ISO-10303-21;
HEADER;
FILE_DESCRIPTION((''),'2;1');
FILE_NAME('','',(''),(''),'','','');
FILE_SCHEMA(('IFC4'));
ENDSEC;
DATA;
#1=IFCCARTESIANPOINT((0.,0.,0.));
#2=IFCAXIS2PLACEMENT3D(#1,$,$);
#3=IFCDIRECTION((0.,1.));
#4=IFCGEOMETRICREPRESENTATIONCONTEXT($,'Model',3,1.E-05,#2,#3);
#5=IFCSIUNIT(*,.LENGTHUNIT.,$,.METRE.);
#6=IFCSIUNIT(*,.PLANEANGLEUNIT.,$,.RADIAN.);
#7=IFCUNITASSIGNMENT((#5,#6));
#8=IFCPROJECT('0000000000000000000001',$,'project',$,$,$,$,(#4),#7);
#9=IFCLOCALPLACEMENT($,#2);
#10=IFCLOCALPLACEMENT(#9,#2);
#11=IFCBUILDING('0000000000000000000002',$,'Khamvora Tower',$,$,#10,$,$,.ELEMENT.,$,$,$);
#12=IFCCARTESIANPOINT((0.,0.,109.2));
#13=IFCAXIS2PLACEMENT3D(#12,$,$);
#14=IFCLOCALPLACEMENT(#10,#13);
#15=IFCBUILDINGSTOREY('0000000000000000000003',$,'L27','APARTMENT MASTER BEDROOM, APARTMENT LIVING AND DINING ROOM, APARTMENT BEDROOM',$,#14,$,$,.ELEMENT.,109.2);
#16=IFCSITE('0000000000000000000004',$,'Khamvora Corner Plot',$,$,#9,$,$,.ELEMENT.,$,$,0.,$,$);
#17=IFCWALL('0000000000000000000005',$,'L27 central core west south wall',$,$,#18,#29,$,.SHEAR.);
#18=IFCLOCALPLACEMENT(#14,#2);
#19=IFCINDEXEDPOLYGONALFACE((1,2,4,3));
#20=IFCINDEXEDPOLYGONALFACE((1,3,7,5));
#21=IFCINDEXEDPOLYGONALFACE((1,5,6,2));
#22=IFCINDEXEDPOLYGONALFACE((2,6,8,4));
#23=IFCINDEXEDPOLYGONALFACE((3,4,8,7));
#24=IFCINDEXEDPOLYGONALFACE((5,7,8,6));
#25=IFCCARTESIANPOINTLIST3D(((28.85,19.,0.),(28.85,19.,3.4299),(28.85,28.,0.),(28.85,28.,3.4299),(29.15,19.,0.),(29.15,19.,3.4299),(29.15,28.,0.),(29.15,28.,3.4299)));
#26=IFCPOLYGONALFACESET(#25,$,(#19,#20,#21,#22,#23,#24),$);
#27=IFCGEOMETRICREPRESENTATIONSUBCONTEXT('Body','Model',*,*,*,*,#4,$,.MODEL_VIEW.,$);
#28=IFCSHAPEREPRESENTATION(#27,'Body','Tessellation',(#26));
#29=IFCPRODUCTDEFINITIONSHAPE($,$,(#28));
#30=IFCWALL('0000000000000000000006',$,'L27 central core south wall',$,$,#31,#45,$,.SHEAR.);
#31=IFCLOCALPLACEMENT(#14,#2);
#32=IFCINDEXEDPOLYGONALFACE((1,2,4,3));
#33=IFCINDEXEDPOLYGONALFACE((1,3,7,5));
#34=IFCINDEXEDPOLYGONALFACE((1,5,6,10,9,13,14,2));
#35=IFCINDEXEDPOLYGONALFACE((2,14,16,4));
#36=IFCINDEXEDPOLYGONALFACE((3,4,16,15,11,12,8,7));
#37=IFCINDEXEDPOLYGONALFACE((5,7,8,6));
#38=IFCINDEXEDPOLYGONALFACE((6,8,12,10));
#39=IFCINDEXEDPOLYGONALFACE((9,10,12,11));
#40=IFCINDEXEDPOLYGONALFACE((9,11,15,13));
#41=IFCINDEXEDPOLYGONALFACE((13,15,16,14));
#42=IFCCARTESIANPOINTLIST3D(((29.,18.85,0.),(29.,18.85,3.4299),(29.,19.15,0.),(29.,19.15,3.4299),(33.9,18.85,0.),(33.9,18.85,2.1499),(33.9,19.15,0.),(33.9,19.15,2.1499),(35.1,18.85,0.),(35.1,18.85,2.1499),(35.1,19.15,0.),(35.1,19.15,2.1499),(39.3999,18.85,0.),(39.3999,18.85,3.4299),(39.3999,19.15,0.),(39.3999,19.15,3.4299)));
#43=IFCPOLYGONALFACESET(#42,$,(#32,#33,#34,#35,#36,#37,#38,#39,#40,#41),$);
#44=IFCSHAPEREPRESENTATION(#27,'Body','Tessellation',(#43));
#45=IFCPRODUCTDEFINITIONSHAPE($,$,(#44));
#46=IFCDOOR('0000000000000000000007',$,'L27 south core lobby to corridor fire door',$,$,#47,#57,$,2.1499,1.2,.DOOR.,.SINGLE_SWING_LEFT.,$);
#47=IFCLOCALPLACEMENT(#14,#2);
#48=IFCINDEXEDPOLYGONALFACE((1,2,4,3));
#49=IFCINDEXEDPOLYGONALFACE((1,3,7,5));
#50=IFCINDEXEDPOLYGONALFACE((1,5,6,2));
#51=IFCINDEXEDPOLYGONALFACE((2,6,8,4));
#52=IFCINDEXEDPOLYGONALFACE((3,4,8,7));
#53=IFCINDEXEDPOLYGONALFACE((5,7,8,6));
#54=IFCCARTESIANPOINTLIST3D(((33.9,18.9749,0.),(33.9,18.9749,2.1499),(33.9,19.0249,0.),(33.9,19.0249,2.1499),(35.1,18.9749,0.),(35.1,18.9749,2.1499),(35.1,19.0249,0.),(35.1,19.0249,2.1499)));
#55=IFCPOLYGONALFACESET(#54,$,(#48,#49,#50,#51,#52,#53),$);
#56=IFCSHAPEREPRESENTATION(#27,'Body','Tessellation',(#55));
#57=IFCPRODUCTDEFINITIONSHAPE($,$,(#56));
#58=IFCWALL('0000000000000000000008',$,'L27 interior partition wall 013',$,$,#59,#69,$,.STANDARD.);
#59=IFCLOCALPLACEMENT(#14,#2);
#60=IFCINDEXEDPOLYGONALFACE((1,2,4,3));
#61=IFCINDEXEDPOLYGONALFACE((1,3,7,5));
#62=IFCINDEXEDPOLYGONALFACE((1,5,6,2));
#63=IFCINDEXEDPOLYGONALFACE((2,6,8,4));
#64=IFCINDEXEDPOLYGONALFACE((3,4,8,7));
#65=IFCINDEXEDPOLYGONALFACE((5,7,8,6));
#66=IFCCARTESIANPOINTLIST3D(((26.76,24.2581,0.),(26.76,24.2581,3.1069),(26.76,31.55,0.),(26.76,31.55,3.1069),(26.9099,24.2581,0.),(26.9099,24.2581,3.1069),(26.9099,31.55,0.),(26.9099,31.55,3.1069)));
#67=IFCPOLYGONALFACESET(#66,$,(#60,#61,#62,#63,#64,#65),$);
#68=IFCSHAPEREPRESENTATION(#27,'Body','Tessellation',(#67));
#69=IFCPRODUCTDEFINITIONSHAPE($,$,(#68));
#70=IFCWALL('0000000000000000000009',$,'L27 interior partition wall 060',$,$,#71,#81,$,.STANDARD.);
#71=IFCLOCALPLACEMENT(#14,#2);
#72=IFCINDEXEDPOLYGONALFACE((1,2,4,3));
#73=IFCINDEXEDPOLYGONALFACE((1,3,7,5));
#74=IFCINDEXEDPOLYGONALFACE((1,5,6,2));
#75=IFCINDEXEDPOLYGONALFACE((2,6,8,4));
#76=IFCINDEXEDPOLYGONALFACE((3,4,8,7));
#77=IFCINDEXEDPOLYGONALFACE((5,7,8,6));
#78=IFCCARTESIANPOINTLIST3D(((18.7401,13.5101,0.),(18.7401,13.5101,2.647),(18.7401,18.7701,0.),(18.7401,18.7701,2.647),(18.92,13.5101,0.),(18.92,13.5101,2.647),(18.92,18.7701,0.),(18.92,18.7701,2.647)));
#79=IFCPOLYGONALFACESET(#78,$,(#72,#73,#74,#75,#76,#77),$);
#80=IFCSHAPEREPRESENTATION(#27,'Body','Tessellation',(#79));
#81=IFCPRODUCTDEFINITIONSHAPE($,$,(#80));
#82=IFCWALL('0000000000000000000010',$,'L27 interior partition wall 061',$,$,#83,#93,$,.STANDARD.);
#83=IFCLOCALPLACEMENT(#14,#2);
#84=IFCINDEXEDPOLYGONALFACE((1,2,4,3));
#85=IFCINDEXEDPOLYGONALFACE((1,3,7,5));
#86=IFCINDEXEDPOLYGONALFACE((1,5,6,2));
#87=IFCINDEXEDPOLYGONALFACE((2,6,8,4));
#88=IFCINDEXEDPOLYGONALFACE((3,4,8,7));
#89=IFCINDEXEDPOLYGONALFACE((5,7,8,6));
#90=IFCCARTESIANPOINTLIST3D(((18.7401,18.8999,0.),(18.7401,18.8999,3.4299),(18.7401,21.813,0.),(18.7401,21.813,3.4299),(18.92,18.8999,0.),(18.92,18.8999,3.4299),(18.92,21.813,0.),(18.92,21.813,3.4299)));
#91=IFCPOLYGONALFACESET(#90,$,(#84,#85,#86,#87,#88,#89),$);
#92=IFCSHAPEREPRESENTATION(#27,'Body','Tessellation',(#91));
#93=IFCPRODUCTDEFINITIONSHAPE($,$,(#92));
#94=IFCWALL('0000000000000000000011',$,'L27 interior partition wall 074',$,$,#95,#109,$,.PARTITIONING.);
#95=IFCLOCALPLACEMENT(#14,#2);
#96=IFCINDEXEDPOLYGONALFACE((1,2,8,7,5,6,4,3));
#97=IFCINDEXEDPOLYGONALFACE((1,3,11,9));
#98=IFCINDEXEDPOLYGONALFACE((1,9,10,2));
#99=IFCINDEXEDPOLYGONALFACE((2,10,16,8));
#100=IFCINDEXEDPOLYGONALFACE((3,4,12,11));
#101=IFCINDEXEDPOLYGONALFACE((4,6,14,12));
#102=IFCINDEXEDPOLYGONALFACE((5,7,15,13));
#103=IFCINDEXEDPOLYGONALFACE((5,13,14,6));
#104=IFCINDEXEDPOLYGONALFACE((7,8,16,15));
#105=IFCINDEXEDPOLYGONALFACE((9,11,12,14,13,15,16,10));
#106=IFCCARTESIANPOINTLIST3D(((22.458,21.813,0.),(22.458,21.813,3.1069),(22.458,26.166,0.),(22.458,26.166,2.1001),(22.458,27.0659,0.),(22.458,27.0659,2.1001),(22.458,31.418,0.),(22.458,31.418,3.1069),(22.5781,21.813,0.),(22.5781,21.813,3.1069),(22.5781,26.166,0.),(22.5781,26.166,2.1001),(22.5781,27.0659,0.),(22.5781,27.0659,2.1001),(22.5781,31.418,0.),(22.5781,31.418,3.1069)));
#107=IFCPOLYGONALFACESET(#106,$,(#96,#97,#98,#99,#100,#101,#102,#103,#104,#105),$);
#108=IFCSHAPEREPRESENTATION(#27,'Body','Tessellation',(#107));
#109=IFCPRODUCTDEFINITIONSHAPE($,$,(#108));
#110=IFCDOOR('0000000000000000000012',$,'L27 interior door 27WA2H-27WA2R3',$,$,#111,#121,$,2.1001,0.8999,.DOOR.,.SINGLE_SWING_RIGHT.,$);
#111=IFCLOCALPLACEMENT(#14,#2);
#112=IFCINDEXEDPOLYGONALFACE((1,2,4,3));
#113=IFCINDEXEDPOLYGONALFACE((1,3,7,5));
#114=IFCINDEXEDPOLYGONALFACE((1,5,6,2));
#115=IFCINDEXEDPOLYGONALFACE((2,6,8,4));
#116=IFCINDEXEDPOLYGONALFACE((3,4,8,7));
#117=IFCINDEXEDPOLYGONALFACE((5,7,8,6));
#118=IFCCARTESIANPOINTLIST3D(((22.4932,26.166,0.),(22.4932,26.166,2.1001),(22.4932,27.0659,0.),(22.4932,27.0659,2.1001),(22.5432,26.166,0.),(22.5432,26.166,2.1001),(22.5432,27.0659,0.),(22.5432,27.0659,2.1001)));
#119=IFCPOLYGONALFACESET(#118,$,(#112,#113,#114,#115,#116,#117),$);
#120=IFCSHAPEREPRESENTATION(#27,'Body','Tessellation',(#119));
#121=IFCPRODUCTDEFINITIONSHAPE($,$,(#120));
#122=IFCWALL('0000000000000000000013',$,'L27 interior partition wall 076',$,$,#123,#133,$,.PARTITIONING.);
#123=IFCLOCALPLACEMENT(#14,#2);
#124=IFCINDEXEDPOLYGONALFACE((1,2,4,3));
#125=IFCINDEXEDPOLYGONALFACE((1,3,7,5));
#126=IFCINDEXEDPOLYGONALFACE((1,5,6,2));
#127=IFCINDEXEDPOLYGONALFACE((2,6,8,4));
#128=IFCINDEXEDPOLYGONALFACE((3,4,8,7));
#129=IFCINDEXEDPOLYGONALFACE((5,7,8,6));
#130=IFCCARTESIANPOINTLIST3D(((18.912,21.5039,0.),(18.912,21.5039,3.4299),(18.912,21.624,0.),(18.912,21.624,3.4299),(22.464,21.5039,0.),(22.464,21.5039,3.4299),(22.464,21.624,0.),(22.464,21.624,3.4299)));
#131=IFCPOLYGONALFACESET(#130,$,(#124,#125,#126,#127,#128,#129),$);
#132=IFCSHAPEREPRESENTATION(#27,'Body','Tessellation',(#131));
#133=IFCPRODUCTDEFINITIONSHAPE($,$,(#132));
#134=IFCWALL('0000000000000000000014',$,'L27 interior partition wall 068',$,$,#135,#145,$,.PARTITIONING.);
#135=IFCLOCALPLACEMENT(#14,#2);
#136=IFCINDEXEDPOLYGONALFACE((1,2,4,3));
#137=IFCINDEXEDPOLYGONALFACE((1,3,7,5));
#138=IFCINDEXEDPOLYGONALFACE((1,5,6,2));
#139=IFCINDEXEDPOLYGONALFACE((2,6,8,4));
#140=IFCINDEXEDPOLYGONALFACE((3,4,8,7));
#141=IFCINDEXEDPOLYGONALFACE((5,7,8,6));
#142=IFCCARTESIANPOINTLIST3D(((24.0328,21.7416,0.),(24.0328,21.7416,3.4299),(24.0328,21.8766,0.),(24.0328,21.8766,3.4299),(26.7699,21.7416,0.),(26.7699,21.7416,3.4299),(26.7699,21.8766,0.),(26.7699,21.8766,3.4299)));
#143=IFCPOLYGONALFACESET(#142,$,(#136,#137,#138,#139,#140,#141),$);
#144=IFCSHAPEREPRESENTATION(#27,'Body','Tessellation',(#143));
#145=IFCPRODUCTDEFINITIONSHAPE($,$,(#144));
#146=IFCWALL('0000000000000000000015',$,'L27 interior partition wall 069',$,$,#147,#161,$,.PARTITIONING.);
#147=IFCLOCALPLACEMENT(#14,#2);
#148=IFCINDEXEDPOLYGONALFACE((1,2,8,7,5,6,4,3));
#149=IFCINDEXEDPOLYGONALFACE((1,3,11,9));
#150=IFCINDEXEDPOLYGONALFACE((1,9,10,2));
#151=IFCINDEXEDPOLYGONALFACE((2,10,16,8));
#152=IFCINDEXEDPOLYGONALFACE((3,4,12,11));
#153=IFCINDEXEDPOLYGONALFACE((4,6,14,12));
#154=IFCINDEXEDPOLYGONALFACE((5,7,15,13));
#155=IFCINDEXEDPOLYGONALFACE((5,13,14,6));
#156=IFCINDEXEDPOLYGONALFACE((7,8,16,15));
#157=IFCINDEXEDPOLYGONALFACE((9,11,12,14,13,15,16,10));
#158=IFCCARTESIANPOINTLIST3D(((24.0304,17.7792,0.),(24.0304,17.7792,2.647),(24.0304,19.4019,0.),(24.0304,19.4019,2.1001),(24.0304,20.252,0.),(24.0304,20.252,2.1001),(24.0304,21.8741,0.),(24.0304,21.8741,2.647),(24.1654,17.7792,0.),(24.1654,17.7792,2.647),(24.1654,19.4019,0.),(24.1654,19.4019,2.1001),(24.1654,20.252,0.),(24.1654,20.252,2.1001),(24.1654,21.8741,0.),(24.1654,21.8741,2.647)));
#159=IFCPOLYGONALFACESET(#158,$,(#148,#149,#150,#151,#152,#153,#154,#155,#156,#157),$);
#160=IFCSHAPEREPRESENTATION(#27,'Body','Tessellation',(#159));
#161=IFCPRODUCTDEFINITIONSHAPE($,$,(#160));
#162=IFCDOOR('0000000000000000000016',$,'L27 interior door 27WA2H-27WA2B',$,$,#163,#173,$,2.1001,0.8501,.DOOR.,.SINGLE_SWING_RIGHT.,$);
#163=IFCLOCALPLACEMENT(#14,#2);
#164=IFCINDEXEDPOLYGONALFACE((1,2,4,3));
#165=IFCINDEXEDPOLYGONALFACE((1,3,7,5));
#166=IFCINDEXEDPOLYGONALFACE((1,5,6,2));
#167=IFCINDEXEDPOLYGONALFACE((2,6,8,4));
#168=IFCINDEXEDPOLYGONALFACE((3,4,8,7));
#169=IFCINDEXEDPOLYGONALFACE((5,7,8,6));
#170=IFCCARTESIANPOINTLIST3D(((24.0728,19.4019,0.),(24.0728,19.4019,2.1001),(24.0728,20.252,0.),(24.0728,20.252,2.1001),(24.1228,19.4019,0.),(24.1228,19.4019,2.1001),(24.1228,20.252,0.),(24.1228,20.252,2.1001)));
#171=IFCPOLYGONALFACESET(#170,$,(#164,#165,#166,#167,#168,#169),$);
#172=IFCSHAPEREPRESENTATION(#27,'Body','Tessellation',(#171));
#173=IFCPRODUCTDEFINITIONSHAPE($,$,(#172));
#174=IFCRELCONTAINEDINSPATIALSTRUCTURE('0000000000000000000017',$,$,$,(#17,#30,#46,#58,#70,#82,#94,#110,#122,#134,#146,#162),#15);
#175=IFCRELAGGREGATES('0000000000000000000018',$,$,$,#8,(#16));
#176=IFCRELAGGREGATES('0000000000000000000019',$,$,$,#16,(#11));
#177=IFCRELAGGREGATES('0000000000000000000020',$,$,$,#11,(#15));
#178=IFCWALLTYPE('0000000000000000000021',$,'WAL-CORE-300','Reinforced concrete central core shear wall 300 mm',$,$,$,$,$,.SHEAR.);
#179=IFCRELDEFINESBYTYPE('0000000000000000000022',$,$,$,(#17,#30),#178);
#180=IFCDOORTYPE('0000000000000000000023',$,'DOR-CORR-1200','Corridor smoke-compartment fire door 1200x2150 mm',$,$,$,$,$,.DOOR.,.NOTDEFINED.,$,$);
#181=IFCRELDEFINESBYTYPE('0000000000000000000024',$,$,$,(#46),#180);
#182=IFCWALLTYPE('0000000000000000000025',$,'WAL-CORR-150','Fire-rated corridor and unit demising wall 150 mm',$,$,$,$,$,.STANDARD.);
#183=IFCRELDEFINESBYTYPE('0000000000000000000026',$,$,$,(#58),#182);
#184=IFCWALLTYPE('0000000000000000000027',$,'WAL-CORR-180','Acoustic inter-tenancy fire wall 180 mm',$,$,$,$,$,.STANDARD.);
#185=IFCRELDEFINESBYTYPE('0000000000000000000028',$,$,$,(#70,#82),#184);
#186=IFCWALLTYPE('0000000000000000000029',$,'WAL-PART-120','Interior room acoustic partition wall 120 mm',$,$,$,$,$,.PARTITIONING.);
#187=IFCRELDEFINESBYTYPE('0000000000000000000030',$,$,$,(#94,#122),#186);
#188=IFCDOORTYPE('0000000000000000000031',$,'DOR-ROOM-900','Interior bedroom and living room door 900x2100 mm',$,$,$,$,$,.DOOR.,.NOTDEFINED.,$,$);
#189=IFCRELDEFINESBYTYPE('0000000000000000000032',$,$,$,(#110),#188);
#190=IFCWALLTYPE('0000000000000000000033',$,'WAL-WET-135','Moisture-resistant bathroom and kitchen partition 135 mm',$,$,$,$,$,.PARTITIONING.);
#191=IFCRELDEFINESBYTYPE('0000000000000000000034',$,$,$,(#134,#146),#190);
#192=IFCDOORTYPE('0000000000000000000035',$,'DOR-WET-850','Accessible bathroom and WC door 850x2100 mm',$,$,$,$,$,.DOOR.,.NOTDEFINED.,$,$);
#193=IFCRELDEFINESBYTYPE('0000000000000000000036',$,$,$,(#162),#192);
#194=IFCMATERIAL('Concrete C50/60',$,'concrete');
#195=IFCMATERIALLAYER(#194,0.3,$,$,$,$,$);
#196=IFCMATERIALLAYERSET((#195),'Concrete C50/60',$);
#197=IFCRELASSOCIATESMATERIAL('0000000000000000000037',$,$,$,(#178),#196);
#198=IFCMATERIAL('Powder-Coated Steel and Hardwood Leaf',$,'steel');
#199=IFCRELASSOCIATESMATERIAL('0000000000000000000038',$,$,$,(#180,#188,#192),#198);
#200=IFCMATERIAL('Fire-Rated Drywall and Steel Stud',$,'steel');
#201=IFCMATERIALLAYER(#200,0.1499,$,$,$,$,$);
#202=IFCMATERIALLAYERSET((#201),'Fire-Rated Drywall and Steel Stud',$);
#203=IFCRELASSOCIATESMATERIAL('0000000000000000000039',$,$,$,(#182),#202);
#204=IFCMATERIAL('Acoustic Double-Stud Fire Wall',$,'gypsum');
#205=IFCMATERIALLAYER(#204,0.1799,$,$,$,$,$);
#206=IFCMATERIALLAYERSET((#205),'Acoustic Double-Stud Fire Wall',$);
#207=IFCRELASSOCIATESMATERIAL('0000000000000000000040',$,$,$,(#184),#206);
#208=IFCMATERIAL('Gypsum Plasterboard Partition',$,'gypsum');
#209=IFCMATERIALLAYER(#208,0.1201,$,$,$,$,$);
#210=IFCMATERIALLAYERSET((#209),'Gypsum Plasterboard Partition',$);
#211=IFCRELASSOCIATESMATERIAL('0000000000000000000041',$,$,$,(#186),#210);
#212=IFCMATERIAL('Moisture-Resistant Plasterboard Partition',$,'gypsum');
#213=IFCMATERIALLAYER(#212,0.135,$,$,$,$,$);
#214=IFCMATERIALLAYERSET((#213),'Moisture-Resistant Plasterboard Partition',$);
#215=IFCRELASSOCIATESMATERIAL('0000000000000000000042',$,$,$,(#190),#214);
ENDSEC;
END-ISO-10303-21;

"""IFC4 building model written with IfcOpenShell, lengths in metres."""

from ifc_helpers import new_model, si_unit, direction, frame, frame_2d, origin, place, context, subcontext, project, spatial, rectangle, extrude, material, layer, layer_set, type_object, element, fill, save


model = new_model("IFC4")

# Units and contexts
model_context = context("Model", 3, precision=1e-05, world=origin(), true_north=direction((0.0, 1.0)))
body_context = subcontext(model_context, "Body", "Model", "MODEL_VIEW")
ifc_project = project(units=[si_unit("LENGTHUNIT", "METRE"), si_unit("PLANEANGLEUNIT", "RADIAN")], contexts=[model_context])

# Site, building, storey
site_placement = place(None, origin())
site = spatial("IfcSite", under=ifc_project, at=site_placement, Name="Khamvora Corner Plot", CompositionType="ELEMENT", RefElevation=0.0)
building_placement = place(site_placement, origin())
building = spatial("IfcBuilding", under=site, at=building_placement, Name="Khamvora Tower", CompositionType="ELEMENT")
storey_placement = place(building_placement, frame((0.0, 0.0, 109.2)))
storey = spatial("IfcBuildingStorey", under=building, at=storey_placement, Name="L27", Description="APARTMENT MASTER BEDROOM, APARTMENT LIVING AND DINING ROOM, APARTMENT BEDROOM", CompositionType="ELEMENT", Elevation=109.2)

# Wall
ifc_material_1 = material(Name="Concrete C50/60", Category="concrete")
ifc_layer_1 = layer(ifc_material_1, 0.3)
ifc_layer_set_1 = layer_set([ifc_layer_1], Name="Concrete C50/60")
wall_type_1 = type_object("IfcWallType", Name="WAL-CORE-300", Description="Reinforced concrete central core shear wall 300 mm", PredefinedType="SHEAR", material=ifc_layer_set_1)
wall_1_placement = place(storey_placement, frame((29.0, 19.0, 0.0), z_axis=(0.0, 0.0, 1.0), x_axis=(0.0, 1.0, 0.0)))
element("IfcWall", 1, at=wall_1_placement, inside=storey, type_object=wall_type_1, Name="L27 central core west south wall", PredefinedType="SHEAR", context=body_context, shape_type="SweptSolid", body=[
    extrude(rectangle(XDim=9.0, YDim=0.3, at=frame_2d((4.5, 0.0))), origin(), (0.0, 0.0, 1.0), 3.4299),
])

# Wall, opening, door
wall_2_placement = place(storey_placement, frame((29.0, 19.0, 0.0), z_axis=(0.0, 0.0, 1.0), x_axis=(1.0, 0.0, 0.0)))
wall_2 = element("IfcWall", 2, at=wall_2_placement, inside=storey, type_object=wall_type_1, Name="L27 central core south wall", PredefinedType="SHEAR", context=body_context, shape_type="SweptSolid", body=[
    extrude(rectangle(XDim=10.3999, YDim=0.3, at=frame_2d((5.2, 0.0))), origin(), (0.0, 0.0, 1.0), 3.4299),
])
opening_1_placement = place(wall_2_placement, frame((4.8999, 0.0, 0.0)))
opening_1 = element("IfcOpeningElement", 3, at=opening_1_placement, cuts=wall_2, PredefinedType="OPENING", context=body_context, shape_type="SweptSolid", body=[
    extrude(rectangle(XDim=1.2, YDim=2.1499, at=frame_2d((0.6001, 1.075))), frame((0.0, 0.1599, 0.0), z_axis=(0.0, -1.0, 0.0), x_axis=(1.0, 0.0, 0.0)), (0.0, 0.0, 1.0), 0.3201),
])
ifc_material_2 = material(Name="Powder-Coated Steel and Hardwood Leaf", Category="steel")
door_type_1 = type_object("IfcDoorType", Name="DOR-CORR-1200", Description="Corridor smoke-compartment fire door 1200x2150 mm", OperationType="NOTDEFINED", PredefinedType="DOOR", material=ifc_material_2)
door_1_placement = place(opening_1_placement, origin())
door_1 = element("IfcDoor", 4, at=door_1_placement, inside=storey, type_object=door_type_1, Name="L27 south core lobby to corridor fire door", OperationType="SINGLE_SWING_LEFT", OverallHeight=2.1499, OverallWidth=1.2, PredefinedType="DOOR", context=body_context, shape_type="SweptSolid", body=[
    extrude(rectangle(XDim=1.2, YDim=2.1499, at=frame_2d((0.6001, 1.075))), frame((0.0, 0.0249, 0.0), z_axis=(0.0, -1.0, 0.0), x_axis=(1.0, 0.0, 0.0)), (0.0, 0.0, 1.0), 0.05),
])
fill(opening_1, door_1)
ifc_material_3 = material(Name="Fire-Rated Drywall and Steel Stud", Category="steel")
ifc_layer_2 = layer(ifc_material_3, 0.1499)
ifc_layer_set_2 = layer_set([ifc_layer_2], Name="Fire-Rated Drywall and Steel Stud")
wall_type_2 = type_object("IfcWallType", Name="WAL-CORR-150", Description="Fire-rated corridor and unit demising wall 150 mm", PredefinedType="STANDARD", material=ifc_layer_set_2)

# Walls
wall_3_placement = place(storey_placement, frame((26.835, 24.2581, 0.0), z_axis=(0.0, 0.0, 1.0), x_axis=(0.0, 1.0, 0.0)))
element("IfcWall", 5, at=wall_3_placement, inside=storey, type_object=wall_type_2, Name="L27 interior partition wall 013", PredefinedType="STANDARD", context=body_context, shape_type="SweptSolid", body=[
    extrude(rectangle(XDim=7.292, YDim=0.1499, at=frame_2d((3.646, 0.0))), origin(), (0.0, 0.0, 1.0), 3.1069),
])
ifc_material_4 = material(Name="Acoustic Double-Stud Fire Wall", Category="gypsum")
ifc_layer_3 = layer(ifc_material_4, 0.1799)
ifc_layer_set_3 = layer_set([ifc_layer_3], Name="Acoustic Double-Stud Fire Wall")
wall_type_3 = type_object("IfcWallType", Name="WAL-CORR-180", Description="Acoustic inter-tenancy fire wall 180 mm", PredefinedType="STANDARD", material=ifc_layer_set_3)
wall_4_placement = place(storey_placement, frame((18.8301, 18.77, 0.0), z_axis=(0.0, 0.0, 1.0), x_axis=(0.0, -1.0, 0.0)))
element("IfcWall", 6, at=wall_4_placement, inside=storey, type_object=wall_type_3, Name="L27 interior partition wall 060", PredefinedType="STANDARD", context=body_context, shape_type="SweptSolid", body=[
    extrude(rectangle(XDim=5.26, YDim=0.1799, at=frame_2d((2.6299, 0.0))), origin(), (0.0, 0.0, 1.0), 2.647),
])
wall_5_placement = place(storey_placement, frame((18.8301, 21.813, 0.0), z_axis=(0.0, 0.0, 1.0), x_axis=(0.0, -1.0, 0.0)))
element("IfcWall", 7, at=wall_5_placement, inside=storey, type_object=wall_type_3, Name="L27 interior partition wall 061", PredefinedType="STANDARD", context=body_context, shape_type="SweptSolid", body=[
    extrude(rectangle(XDim=2.9131, YDim=0.1799, at=frame_2d((1.4565, 0.0))), origin(), (0.0, 0.0, 1.0), 3.4299),
])

# Wall, opening, door
ifc_material_5 = material(Name="Gypsum Plasterboard Partition", Category="gypsum")
ifc_layer_4 = layer(ifc_material_5, 0.1201)
ifc_layer_set_4 = layer_set([ifc_layer_4], Name="Gypsum Plasterboard Partition")
wall_type_4 = type_object("IfcWallType", Name="WAL-PART-120", Description="Interior room acoustic partition wall 120 mm", PredefinedType="PARTITIONING", material=ifc_layer_set_4)
wall_6_placement = place(storey_placement, frame((22.5181, 21.813, 0.0), z_axis=(0.0, 0.0, 1.0), x_axis=(0.0, 1.0, 0.0)))
wall_6 = element("IfcWall", 8, at=wall_6_placement, inside=storey, type_object=wall_type_4, Name="L27 interior partition wall 074", PredefinedType="PARTITIONING", context=body_context, shape_type="SweptSolid", body=[
    extrude(rectangle(XDim=9.605, YDim=0.1201, at=frame_2d((4.8025, 0.0))), origin(), (0.0, 0.0, 1.0), 3.1069),
])
opening_2_placement = place(wall_6_placement, frame((4.353, 0.0, 0.0)))
opening_2 = element("IfcOpeningElement", 9, at=opening_2_placement, cuts=wall_6, PredefinedType="OPENING", context=body_context, shape_type="SweptSolid", body=[
    extrude(rectangle(XDim=0.8999, YDim=2.1001, at=frame_2d((0.45, 1.05))), frame((0.0, 0.0701, 0.0), z_axis=(0.0, -1.0, 0.0), x_axis=(1.0, 0.0, 0.0)), (0.0, 0.0, 1.0), 0.1401),
])
door_type_2 = type_object("IfcDoorType", Name="DOR-ROOM-900", Description="Interior bedroom and living room door 900x2100 mm", OperationType="NOTDEFINED", PredefinedType="DOOR", material=ifc_material_2)
door_2_placement = place(opening_2_placement, origin())
door_2 = element("IfcDoor", 10, at=door_2_placement, inside=storey, type_object=door_type_2, Name="L27 interior door 27WA2H-27WA2R3", OperationType="SINGLE_SWING_RIGHT", OverallHeight=2.1001, OverallWidth=0.8999, PredefinedType="DOOR", context=body_context, shape_type="SweptSolid", body=[
    extrude(rectangle(XDim=0.8999, YDim=2.1001, at=frame_2d((0.45, 1.05))), frame((0.0, 0.0249, 0.0), z_axis=(0.0, -1.0, 0.0), x_axis=(1.0, 0.0, 0.0)), (0.0, 0.0, 1.0), 0.05),
])
fill(opening_2, door_2)

# Walls
wall_7_placement = place(storey_placement, frame((18.9121, 21.564, 0.0), z_axis=(0.0, 0.0, 1.0), x_axis=(1.0, 0.0, 0.0)))
element("IfcWall", 11, at=wall_7_placement, inside=storey, type_object=wall_type_4, Name="L27 interior partition wall 076", PredefinedType="PARTITIONING", context=body_context, shape_type="SweptSolid", body=[
    extrude(rectangle(XDim=3.552, YDim=0.1201, at=frame_2d((1.7759, 0.0))), origin(), (0.0, 0.0, 1.0), 3.4299),
])
ifc_material_6 = material(Name="Moisture-Resistant Plasterboard Partition", Category="gypsum")
ifc_layer_5 = layer(ifc_material_6, 0.135)
ifc_layer_set_5 = layer_set([ifc_layer_5], Name="Moisture-Resistant Plasterboard Partition")
wall_type_5 = type_object("IfcWallType", Name="WAL-WET-135", Description="Moisture-resistant bathroom and kitchen partition 135 mm", PredefinedType="PARTITIONING", material=ifc_layer_set_5)
wall_8_placement = place(storey_placement, frame((26.77, 21.8091, 0.0), z_axis=(0.0, 0.0, 1.0), x_axis=(-1.0, 0.0, 0.0)))
element("IfcWall", 12, at=wall_8_placement, inside=storey, type_object=wall_type_5, Name="L27 interior partition wall 068", PredefinedType="PARTITIONING", context=body_context, shape_type="SweptSolid", body=[
    extrude(rectangle(XDim=2.7371, YDim=0.135, at=frame_2d((1.3687, 0.0))), origin(), (0.0, 0.0, 1.0), 3.4299),
])

# Wall, opening, door
wall_9_placement = place(storey_placement, frame((24.0979, 21.874, 0.0), z_axis=(0.0, 0.0, 1.0), x_axis=(0.0, -1.0, 0.0)))
wall_9 = element("IfcWall", 13, at=wall_9_placement, inside=storey, type_object=wall_type_5, Name="L27 interior partition wall 069", PredefinedType="PARTITIONING", context=body_context, shape_type="SweptSolid", body=[
    extrude(rectangle(XDim=4.095, YDim=0.135, at=frame_2d((2.0474, 0.0))), origin(), (0.0, 0.0, 1.0), 2.647),
])
opening_3_placement = place(wall_9_placement, frame((1.6221, 0.0, 0.0)))
opening_3 = element("IfcOpeningElement", 14, at=opening_3_placement, cuts=wall_9, PredefinedType="OPENING", context=body_context, shape_type="SweptSolid", body=[
    extrude(rectangle(XDim=0.8501, YDim=2.1001, at=frame_2d((0.425, 1.05))), frame((0.0, 0.0774, 0.0), z_axis=(0.0, -1.0, 0.0), x_axis=(1.0, 0.0, 0.0)), (0.0, 0.0, 1.0), 0.155),
])
door_type_3 = type_object("IfcDoorType", Name="DOR-WET-850", Description="Accessible bathroom and WC door 850x2100 mm", OperationType="NOTDEFINED", PredefinedType="DOOR", material=ifc_material_2)
door_3_placement = place(opening_3_placement, origin())
door_3 = element("IfcDoor", 15, at=door_3_placement, inside=storey, type_object=door_type_3, Name="L27 interior door 27WA2H-27WA2B", OperationType="SINGLE_SWING_RIGHT", OverallHeight=2.1001, OverallWidth=0.8501, PredefinedType="DOOR", context=body_context, shape_type="SweptSolid", body=[
    extrude(rectangle(XDim=0.8501, YDim=2.1001, at=frame_2d((0.425, 1.05))), frame((0.0, 0.0249, 0.0), z_axis=(0.0, -1.0, 0.0), x_axis=(1.0, 0.0, 0.0)), (0.0, 0.0, 1.0), 0.05),
])
fill(opening_3, door_3)

save(model, "model.ifc")
